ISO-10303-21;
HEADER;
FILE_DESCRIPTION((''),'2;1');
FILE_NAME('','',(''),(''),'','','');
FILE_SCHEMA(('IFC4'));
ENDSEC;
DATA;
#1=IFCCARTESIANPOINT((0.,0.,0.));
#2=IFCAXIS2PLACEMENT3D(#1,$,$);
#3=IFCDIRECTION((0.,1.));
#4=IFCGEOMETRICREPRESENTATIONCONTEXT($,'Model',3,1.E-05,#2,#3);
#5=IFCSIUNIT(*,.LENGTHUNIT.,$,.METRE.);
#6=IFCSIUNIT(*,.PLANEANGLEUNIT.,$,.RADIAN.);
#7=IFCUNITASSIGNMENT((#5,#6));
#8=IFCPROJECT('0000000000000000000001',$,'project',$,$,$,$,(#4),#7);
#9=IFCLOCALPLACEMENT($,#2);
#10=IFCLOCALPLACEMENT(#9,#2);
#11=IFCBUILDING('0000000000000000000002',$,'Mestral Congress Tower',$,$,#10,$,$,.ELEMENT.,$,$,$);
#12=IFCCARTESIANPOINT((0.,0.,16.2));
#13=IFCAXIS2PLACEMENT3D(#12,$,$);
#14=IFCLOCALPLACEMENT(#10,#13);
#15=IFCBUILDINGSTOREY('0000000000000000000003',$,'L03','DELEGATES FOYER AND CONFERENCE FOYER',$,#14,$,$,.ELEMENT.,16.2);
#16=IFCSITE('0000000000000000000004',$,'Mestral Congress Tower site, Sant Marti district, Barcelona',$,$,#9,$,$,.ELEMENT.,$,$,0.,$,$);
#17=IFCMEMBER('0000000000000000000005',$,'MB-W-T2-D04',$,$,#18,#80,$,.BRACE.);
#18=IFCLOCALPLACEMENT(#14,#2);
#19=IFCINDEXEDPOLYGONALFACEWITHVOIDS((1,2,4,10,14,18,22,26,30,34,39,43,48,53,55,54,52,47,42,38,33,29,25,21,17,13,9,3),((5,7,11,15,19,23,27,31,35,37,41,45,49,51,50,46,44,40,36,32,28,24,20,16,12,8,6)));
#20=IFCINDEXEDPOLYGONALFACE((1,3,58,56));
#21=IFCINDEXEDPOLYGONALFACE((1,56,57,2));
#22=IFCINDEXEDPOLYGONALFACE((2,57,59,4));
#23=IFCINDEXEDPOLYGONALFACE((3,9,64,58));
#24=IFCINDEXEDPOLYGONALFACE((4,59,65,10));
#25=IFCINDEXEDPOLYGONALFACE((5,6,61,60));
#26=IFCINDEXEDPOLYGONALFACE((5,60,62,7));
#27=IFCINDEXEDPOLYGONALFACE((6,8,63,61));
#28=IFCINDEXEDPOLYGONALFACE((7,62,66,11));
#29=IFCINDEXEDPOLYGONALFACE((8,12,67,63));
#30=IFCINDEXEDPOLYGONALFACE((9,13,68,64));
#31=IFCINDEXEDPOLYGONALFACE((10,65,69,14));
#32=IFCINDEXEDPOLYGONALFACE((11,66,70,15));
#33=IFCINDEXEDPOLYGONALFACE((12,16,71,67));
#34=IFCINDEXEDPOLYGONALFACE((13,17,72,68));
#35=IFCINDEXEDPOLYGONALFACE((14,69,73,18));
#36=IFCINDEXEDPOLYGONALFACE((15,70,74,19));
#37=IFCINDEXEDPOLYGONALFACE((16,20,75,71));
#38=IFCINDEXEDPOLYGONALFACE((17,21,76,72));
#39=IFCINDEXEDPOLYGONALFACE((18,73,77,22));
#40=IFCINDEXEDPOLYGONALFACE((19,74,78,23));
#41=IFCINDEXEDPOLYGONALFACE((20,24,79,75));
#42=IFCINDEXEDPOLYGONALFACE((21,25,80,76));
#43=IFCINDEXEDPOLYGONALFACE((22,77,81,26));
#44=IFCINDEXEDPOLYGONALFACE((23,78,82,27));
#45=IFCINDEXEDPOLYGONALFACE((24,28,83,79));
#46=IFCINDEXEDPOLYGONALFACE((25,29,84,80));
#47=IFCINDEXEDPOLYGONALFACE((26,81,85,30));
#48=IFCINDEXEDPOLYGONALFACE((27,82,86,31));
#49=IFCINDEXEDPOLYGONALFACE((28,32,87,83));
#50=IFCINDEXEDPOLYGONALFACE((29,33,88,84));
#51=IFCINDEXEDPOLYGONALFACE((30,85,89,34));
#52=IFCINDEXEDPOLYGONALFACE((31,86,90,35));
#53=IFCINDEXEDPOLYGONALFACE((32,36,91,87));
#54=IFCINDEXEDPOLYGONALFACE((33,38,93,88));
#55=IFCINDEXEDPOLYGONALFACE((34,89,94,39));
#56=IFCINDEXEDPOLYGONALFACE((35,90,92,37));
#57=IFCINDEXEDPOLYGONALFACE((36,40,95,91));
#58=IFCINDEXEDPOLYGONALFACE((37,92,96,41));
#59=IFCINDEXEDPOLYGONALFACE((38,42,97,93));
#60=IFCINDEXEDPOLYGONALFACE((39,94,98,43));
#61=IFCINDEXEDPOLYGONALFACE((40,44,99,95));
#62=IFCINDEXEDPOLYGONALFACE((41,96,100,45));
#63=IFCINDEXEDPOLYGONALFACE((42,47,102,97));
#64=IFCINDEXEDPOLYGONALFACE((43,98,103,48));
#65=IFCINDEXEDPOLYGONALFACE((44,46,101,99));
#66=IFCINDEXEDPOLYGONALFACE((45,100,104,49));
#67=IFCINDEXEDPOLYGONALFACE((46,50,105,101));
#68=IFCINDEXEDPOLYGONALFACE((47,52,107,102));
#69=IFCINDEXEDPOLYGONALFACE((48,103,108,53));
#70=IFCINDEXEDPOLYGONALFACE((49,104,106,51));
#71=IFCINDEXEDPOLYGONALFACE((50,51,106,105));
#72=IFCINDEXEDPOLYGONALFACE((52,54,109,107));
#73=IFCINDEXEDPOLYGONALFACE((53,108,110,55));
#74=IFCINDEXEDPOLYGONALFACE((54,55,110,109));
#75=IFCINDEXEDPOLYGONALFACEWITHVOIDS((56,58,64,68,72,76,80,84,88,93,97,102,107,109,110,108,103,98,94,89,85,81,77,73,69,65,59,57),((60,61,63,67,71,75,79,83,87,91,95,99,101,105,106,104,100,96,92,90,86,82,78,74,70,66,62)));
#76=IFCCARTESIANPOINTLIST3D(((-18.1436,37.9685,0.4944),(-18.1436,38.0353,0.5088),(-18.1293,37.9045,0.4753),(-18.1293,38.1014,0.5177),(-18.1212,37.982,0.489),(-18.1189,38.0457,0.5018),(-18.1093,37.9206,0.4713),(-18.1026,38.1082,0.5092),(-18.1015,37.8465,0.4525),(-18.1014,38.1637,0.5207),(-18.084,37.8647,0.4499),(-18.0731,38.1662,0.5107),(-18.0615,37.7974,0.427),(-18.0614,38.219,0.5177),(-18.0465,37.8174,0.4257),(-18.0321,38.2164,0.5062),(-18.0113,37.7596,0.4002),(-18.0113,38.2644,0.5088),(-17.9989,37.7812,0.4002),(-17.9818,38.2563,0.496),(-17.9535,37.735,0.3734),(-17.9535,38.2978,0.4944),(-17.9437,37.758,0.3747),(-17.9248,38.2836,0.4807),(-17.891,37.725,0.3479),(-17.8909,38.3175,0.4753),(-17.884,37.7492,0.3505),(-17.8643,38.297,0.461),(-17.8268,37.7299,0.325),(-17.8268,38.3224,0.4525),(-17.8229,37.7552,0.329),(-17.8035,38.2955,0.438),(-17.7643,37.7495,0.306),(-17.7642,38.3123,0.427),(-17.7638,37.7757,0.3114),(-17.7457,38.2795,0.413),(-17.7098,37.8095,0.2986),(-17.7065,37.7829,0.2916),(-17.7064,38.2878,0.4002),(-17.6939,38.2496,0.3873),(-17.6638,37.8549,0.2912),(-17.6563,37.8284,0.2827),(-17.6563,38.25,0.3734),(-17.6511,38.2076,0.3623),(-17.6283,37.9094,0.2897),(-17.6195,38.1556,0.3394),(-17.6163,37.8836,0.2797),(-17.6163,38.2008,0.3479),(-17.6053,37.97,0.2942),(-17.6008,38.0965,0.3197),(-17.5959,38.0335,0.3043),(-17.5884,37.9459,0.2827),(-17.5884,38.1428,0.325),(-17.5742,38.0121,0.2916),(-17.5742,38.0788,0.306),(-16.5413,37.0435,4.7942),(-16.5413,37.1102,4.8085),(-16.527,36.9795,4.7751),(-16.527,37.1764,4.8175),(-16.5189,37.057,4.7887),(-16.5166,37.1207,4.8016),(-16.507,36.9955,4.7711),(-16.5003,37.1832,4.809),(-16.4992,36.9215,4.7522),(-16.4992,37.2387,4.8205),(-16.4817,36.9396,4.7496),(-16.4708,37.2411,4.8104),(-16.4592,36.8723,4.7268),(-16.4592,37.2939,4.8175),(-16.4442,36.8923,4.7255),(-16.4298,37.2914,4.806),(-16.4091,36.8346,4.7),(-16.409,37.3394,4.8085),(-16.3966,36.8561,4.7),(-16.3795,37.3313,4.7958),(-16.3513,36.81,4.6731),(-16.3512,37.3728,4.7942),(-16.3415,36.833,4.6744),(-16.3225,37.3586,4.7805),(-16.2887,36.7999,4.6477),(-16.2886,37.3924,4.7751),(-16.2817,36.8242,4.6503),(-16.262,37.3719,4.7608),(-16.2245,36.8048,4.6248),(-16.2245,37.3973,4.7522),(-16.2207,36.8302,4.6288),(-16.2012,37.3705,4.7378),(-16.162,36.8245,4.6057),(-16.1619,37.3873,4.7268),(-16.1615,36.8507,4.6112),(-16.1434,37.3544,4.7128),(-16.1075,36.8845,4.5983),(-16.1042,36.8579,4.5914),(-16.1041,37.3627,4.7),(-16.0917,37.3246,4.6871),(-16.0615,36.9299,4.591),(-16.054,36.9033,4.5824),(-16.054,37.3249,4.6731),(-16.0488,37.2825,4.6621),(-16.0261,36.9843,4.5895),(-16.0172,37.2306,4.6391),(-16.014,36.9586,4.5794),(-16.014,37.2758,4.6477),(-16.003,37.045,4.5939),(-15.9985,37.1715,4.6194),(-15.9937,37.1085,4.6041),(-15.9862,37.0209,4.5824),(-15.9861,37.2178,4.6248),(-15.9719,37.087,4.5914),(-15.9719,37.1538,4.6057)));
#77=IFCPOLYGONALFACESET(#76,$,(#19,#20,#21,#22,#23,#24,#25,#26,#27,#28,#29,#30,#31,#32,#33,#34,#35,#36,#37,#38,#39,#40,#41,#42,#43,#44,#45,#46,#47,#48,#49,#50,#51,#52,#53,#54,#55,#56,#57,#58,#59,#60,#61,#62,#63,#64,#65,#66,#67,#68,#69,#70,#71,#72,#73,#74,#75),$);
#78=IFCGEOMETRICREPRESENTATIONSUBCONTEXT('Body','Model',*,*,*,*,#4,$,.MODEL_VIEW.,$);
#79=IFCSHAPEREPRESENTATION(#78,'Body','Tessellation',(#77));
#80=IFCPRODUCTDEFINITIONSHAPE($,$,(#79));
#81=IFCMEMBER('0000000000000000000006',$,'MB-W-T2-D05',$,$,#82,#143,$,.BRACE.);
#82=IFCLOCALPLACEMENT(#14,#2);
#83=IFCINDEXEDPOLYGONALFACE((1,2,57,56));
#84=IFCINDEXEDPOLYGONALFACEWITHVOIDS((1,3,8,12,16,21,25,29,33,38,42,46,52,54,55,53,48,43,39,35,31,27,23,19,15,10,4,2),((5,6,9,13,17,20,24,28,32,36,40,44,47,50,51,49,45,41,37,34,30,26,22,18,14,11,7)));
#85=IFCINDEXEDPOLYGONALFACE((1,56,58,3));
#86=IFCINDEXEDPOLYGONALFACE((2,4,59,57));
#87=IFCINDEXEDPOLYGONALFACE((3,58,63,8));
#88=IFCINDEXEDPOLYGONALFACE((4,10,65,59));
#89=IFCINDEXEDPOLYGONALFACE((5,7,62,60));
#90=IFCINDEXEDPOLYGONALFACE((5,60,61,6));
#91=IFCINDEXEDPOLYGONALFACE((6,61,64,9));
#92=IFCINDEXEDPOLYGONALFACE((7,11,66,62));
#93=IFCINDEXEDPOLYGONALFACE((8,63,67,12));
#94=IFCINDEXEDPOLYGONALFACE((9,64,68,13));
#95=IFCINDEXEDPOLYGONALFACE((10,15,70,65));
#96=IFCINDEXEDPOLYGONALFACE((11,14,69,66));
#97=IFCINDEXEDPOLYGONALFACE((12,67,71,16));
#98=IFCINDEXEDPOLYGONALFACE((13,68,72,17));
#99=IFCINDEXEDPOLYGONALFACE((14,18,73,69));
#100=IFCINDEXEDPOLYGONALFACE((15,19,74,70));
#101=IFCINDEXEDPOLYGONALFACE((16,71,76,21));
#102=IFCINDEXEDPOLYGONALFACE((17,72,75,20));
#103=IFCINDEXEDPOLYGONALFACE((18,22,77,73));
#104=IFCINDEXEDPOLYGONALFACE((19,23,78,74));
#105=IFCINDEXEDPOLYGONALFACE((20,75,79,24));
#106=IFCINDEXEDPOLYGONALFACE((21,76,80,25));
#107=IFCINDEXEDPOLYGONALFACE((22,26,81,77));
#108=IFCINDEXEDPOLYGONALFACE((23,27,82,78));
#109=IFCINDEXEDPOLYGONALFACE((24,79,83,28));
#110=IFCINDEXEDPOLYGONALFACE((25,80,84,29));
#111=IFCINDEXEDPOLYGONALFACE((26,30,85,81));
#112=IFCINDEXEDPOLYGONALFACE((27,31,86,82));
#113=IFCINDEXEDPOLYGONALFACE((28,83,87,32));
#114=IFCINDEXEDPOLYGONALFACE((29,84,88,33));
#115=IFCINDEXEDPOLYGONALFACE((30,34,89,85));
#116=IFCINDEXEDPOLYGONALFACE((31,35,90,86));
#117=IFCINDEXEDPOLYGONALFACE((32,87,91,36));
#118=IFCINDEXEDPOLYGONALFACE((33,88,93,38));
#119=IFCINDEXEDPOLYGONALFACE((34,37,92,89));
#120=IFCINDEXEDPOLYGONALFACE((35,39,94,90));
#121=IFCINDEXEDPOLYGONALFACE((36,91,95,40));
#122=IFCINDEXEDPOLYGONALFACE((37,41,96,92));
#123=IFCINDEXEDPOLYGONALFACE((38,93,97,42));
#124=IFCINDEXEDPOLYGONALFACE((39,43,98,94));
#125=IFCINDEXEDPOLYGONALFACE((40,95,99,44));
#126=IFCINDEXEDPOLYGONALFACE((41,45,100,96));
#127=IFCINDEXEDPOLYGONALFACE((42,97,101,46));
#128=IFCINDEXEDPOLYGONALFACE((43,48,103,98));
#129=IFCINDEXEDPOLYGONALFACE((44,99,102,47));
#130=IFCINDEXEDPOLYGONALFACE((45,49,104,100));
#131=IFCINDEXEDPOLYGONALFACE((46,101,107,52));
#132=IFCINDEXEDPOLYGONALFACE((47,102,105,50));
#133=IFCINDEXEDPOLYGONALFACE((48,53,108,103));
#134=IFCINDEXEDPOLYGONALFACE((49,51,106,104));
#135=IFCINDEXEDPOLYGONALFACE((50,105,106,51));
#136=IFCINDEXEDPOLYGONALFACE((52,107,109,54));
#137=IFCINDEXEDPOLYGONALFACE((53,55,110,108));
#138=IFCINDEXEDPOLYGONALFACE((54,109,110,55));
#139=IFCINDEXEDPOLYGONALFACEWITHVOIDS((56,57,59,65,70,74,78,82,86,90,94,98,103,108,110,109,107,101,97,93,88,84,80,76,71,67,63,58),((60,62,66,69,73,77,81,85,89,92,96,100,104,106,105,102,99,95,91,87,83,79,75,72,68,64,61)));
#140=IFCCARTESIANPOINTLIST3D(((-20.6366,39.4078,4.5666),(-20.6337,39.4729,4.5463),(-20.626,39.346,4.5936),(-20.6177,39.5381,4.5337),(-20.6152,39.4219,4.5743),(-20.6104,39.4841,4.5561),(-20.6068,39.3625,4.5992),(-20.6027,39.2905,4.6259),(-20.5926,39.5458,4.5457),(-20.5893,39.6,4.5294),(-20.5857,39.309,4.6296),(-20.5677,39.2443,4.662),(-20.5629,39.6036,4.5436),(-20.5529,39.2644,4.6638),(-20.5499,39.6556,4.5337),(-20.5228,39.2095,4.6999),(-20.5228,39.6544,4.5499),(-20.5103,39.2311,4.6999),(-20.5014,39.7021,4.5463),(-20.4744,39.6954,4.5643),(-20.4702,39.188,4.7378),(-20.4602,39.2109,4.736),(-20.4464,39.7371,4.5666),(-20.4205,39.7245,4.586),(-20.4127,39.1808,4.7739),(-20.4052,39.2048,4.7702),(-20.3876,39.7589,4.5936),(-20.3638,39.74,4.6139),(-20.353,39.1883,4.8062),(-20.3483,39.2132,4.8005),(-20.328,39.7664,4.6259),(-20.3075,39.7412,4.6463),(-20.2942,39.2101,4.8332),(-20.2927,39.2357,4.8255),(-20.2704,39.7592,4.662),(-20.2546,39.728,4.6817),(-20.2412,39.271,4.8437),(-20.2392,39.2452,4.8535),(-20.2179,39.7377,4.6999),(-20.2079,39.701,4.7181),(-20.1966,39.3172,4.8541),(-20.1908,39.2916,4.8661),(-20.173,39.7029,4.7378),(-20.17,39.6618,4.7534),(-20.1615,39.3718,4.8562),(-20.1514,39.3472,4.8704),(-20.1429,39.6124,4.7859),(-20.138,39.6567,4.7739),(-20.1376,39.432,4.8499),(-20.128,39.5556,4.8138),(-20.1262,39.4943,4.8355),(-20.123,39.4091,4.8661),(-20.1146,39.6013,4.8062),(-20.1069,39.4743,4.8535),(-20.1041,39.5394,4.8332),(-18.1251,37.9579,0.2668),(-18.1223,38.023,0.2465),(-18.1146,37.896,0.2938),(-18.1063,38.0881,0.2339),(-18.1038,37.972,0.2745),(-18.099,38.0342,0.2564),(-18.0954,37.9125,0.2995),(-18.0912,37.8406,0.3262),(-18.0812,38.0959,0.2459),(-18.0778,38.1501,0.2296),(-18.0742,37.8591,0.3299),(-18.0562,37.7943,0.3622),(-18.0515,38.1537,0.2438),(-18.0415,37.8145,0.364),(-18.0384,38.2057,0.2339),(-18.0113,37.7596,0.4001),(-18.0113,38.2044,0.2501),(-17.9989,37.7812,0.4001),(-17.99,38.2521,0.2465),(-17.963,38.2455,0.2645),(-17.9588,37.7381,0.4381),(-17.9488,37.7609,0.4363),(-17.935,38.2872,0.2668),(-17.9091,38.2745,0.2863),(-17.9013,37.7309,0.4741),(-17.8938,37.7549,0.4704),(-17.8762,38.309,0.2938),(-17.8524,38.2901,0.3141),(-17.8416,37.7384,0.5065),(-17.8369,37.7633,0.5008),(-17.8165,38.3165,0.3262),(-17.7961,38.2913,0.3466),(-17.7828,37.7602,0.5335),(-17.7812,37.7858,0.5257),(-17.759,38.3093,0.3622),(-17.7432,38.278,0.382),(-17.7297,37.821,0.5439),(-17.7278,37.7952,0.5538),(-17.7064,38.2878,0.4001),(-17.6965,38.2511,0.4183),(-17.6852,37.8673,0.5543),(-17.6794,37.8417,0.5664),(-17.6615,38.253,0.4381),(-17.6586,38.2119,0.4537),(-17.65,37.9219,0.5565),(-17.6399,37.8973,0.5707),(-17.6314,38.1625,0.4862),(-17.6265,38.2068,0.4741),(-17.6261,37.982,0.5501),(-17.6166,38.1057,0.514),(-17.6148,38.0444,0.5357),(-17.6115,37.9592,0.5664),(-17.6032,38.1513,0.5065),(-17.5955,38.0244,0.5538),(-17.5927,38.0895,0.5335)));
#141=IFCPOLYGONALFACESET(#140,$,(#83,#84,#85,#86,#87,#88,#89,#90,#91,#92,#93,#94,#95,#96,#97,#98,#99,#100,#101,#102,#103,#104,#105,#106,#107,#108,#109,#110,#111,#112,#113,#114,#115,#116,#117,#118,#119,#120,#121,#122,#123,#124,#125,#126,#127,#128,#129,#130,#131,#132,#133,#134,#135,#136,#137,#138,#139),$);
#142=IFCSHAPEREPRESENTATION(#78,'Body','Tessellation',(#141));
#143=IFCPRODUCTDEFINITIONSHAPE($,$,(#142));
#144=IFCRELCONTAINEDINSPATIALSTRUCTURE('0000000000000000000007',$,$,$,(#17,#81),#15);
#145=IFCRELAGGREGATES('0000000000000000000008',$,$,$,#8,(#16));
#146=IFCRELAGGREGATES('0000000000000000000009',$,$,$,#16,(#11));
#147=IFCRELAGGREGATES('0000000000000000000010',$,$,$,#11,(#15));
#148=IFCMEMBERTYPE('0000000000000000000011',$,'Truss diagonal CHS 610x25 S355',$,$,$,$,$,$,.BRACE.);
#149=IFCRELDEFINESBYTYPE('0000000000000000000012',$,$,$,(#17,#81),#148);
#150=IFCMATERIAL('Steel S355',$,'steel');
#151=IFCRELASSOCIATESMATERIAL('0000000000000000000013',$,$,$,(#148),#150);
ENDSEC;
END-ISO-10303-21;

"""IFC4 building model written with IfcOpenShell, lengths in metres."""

from ifc_helpers import new_model, si_unit, direction, frame, origin, origin_2d, place, context, subcontext, project, spatial, hollow_circle, extrude, material, material_profile, profile_set, type_object, element, save


model = new_model("IFC4")

# Units and contexts
model_context = context("Model", 3, precision=1e-05, world=origin(), true_north=direction((0.0, 1.0)))
body_context = subcontext(model_context, "Body", "Model", "MODEL_VIEW")
ifc_project = project(units=[si_unit("LENGTHUNIT", "METRE"), si_unit("PLANEANGLEUNIT", "RADIAN")], contexts=[model_context])

# Site, building, storey
site_placement = place(None, origin())
site = spatial("IfcSite", under=ifc_project, at=site_placement, Name="Mestral Congress Tower site, Sant Marti district, Barcelona", CompositionType="ELEMENT", RefElevation=0.0)
building_placement = place(site_placement, origin())
building = spatial("IfcBuilding", under=site, at=building_placement, Name="Mestral Congress Tower", CompositionType="ELEMENT")
storey_placement = place(building_placement, frame((0.0, 0.0, 16.2)))
storey = spatial("IfcBuildingStorey", under=building, at=storey_placement, Name="L03", Description="DELEGATES FOYER AND CONFERENCE FOYER", CompositionType="ELEMENT", Elevation=16.2)

# Members
ifc_material_1 = material(Name="Steel S355", Category="steel")
ifc_material_profile_1 = material_profile(ifc_material_1, hollow_circle(Radius=0.3049, WallThickness=0.0249, at=origin_2d()), Name="CHS 610x25")
ifc_profile_set_1 = profile_set([ifc_material_profile_1], Name="Steel S355")
member_type_1 = type_object("IfcMemberType", Name="Truss diagonal CHS 610x25 S355", PredefinedType="BRACE", material=ifc_profile_set_1)
for number, where, z_axis, x_axis, name in (
    (1, (-16.2566, 37.0986, 4.7), (-0.342301, 0.197619, -0.918573), (-0.499985, -0.866034, 0.0), "MB-W-T2-D04"),
):
    element("IfcMember", number, at=place(storey_placement, frame(where, z_axis=z_axis, x_axis=x_axis)), inside=storey, type_object=member_type_1, Name=name, PredefinedType="BRACE", context=body_context, shape_type="SweptSolid", body=[
        extrude(hollow_circle(Radius=0.3049, WallThickness=0.0249, at=origin_2d()), origin(), (0.0, 0.0, 1.0), 4.6809),
    ])
member_1_placement = place(storey_placement, frame((-17.8589, 38.0237, 0.4001), z_axis=(-0.484247, 0.279571, 0.829062), x_axis=(-0.499987, -0.866033, 0.0)))
element("IfcMember", 2, at=member_1_placement, inside=storey, type_object=member_type_1, Name="MB-W-T2-D05", PredefinedType="BRACE", context=body_context, shape_type="SweptSolid", body=[
    extrude(hollow_circle(Radius=0.3049, WallThickness=0.0249, at=origin_2d()), origin(), (0.0, 0.0, 1.0), 5.1863),
])

save(model, "model.ifc")
